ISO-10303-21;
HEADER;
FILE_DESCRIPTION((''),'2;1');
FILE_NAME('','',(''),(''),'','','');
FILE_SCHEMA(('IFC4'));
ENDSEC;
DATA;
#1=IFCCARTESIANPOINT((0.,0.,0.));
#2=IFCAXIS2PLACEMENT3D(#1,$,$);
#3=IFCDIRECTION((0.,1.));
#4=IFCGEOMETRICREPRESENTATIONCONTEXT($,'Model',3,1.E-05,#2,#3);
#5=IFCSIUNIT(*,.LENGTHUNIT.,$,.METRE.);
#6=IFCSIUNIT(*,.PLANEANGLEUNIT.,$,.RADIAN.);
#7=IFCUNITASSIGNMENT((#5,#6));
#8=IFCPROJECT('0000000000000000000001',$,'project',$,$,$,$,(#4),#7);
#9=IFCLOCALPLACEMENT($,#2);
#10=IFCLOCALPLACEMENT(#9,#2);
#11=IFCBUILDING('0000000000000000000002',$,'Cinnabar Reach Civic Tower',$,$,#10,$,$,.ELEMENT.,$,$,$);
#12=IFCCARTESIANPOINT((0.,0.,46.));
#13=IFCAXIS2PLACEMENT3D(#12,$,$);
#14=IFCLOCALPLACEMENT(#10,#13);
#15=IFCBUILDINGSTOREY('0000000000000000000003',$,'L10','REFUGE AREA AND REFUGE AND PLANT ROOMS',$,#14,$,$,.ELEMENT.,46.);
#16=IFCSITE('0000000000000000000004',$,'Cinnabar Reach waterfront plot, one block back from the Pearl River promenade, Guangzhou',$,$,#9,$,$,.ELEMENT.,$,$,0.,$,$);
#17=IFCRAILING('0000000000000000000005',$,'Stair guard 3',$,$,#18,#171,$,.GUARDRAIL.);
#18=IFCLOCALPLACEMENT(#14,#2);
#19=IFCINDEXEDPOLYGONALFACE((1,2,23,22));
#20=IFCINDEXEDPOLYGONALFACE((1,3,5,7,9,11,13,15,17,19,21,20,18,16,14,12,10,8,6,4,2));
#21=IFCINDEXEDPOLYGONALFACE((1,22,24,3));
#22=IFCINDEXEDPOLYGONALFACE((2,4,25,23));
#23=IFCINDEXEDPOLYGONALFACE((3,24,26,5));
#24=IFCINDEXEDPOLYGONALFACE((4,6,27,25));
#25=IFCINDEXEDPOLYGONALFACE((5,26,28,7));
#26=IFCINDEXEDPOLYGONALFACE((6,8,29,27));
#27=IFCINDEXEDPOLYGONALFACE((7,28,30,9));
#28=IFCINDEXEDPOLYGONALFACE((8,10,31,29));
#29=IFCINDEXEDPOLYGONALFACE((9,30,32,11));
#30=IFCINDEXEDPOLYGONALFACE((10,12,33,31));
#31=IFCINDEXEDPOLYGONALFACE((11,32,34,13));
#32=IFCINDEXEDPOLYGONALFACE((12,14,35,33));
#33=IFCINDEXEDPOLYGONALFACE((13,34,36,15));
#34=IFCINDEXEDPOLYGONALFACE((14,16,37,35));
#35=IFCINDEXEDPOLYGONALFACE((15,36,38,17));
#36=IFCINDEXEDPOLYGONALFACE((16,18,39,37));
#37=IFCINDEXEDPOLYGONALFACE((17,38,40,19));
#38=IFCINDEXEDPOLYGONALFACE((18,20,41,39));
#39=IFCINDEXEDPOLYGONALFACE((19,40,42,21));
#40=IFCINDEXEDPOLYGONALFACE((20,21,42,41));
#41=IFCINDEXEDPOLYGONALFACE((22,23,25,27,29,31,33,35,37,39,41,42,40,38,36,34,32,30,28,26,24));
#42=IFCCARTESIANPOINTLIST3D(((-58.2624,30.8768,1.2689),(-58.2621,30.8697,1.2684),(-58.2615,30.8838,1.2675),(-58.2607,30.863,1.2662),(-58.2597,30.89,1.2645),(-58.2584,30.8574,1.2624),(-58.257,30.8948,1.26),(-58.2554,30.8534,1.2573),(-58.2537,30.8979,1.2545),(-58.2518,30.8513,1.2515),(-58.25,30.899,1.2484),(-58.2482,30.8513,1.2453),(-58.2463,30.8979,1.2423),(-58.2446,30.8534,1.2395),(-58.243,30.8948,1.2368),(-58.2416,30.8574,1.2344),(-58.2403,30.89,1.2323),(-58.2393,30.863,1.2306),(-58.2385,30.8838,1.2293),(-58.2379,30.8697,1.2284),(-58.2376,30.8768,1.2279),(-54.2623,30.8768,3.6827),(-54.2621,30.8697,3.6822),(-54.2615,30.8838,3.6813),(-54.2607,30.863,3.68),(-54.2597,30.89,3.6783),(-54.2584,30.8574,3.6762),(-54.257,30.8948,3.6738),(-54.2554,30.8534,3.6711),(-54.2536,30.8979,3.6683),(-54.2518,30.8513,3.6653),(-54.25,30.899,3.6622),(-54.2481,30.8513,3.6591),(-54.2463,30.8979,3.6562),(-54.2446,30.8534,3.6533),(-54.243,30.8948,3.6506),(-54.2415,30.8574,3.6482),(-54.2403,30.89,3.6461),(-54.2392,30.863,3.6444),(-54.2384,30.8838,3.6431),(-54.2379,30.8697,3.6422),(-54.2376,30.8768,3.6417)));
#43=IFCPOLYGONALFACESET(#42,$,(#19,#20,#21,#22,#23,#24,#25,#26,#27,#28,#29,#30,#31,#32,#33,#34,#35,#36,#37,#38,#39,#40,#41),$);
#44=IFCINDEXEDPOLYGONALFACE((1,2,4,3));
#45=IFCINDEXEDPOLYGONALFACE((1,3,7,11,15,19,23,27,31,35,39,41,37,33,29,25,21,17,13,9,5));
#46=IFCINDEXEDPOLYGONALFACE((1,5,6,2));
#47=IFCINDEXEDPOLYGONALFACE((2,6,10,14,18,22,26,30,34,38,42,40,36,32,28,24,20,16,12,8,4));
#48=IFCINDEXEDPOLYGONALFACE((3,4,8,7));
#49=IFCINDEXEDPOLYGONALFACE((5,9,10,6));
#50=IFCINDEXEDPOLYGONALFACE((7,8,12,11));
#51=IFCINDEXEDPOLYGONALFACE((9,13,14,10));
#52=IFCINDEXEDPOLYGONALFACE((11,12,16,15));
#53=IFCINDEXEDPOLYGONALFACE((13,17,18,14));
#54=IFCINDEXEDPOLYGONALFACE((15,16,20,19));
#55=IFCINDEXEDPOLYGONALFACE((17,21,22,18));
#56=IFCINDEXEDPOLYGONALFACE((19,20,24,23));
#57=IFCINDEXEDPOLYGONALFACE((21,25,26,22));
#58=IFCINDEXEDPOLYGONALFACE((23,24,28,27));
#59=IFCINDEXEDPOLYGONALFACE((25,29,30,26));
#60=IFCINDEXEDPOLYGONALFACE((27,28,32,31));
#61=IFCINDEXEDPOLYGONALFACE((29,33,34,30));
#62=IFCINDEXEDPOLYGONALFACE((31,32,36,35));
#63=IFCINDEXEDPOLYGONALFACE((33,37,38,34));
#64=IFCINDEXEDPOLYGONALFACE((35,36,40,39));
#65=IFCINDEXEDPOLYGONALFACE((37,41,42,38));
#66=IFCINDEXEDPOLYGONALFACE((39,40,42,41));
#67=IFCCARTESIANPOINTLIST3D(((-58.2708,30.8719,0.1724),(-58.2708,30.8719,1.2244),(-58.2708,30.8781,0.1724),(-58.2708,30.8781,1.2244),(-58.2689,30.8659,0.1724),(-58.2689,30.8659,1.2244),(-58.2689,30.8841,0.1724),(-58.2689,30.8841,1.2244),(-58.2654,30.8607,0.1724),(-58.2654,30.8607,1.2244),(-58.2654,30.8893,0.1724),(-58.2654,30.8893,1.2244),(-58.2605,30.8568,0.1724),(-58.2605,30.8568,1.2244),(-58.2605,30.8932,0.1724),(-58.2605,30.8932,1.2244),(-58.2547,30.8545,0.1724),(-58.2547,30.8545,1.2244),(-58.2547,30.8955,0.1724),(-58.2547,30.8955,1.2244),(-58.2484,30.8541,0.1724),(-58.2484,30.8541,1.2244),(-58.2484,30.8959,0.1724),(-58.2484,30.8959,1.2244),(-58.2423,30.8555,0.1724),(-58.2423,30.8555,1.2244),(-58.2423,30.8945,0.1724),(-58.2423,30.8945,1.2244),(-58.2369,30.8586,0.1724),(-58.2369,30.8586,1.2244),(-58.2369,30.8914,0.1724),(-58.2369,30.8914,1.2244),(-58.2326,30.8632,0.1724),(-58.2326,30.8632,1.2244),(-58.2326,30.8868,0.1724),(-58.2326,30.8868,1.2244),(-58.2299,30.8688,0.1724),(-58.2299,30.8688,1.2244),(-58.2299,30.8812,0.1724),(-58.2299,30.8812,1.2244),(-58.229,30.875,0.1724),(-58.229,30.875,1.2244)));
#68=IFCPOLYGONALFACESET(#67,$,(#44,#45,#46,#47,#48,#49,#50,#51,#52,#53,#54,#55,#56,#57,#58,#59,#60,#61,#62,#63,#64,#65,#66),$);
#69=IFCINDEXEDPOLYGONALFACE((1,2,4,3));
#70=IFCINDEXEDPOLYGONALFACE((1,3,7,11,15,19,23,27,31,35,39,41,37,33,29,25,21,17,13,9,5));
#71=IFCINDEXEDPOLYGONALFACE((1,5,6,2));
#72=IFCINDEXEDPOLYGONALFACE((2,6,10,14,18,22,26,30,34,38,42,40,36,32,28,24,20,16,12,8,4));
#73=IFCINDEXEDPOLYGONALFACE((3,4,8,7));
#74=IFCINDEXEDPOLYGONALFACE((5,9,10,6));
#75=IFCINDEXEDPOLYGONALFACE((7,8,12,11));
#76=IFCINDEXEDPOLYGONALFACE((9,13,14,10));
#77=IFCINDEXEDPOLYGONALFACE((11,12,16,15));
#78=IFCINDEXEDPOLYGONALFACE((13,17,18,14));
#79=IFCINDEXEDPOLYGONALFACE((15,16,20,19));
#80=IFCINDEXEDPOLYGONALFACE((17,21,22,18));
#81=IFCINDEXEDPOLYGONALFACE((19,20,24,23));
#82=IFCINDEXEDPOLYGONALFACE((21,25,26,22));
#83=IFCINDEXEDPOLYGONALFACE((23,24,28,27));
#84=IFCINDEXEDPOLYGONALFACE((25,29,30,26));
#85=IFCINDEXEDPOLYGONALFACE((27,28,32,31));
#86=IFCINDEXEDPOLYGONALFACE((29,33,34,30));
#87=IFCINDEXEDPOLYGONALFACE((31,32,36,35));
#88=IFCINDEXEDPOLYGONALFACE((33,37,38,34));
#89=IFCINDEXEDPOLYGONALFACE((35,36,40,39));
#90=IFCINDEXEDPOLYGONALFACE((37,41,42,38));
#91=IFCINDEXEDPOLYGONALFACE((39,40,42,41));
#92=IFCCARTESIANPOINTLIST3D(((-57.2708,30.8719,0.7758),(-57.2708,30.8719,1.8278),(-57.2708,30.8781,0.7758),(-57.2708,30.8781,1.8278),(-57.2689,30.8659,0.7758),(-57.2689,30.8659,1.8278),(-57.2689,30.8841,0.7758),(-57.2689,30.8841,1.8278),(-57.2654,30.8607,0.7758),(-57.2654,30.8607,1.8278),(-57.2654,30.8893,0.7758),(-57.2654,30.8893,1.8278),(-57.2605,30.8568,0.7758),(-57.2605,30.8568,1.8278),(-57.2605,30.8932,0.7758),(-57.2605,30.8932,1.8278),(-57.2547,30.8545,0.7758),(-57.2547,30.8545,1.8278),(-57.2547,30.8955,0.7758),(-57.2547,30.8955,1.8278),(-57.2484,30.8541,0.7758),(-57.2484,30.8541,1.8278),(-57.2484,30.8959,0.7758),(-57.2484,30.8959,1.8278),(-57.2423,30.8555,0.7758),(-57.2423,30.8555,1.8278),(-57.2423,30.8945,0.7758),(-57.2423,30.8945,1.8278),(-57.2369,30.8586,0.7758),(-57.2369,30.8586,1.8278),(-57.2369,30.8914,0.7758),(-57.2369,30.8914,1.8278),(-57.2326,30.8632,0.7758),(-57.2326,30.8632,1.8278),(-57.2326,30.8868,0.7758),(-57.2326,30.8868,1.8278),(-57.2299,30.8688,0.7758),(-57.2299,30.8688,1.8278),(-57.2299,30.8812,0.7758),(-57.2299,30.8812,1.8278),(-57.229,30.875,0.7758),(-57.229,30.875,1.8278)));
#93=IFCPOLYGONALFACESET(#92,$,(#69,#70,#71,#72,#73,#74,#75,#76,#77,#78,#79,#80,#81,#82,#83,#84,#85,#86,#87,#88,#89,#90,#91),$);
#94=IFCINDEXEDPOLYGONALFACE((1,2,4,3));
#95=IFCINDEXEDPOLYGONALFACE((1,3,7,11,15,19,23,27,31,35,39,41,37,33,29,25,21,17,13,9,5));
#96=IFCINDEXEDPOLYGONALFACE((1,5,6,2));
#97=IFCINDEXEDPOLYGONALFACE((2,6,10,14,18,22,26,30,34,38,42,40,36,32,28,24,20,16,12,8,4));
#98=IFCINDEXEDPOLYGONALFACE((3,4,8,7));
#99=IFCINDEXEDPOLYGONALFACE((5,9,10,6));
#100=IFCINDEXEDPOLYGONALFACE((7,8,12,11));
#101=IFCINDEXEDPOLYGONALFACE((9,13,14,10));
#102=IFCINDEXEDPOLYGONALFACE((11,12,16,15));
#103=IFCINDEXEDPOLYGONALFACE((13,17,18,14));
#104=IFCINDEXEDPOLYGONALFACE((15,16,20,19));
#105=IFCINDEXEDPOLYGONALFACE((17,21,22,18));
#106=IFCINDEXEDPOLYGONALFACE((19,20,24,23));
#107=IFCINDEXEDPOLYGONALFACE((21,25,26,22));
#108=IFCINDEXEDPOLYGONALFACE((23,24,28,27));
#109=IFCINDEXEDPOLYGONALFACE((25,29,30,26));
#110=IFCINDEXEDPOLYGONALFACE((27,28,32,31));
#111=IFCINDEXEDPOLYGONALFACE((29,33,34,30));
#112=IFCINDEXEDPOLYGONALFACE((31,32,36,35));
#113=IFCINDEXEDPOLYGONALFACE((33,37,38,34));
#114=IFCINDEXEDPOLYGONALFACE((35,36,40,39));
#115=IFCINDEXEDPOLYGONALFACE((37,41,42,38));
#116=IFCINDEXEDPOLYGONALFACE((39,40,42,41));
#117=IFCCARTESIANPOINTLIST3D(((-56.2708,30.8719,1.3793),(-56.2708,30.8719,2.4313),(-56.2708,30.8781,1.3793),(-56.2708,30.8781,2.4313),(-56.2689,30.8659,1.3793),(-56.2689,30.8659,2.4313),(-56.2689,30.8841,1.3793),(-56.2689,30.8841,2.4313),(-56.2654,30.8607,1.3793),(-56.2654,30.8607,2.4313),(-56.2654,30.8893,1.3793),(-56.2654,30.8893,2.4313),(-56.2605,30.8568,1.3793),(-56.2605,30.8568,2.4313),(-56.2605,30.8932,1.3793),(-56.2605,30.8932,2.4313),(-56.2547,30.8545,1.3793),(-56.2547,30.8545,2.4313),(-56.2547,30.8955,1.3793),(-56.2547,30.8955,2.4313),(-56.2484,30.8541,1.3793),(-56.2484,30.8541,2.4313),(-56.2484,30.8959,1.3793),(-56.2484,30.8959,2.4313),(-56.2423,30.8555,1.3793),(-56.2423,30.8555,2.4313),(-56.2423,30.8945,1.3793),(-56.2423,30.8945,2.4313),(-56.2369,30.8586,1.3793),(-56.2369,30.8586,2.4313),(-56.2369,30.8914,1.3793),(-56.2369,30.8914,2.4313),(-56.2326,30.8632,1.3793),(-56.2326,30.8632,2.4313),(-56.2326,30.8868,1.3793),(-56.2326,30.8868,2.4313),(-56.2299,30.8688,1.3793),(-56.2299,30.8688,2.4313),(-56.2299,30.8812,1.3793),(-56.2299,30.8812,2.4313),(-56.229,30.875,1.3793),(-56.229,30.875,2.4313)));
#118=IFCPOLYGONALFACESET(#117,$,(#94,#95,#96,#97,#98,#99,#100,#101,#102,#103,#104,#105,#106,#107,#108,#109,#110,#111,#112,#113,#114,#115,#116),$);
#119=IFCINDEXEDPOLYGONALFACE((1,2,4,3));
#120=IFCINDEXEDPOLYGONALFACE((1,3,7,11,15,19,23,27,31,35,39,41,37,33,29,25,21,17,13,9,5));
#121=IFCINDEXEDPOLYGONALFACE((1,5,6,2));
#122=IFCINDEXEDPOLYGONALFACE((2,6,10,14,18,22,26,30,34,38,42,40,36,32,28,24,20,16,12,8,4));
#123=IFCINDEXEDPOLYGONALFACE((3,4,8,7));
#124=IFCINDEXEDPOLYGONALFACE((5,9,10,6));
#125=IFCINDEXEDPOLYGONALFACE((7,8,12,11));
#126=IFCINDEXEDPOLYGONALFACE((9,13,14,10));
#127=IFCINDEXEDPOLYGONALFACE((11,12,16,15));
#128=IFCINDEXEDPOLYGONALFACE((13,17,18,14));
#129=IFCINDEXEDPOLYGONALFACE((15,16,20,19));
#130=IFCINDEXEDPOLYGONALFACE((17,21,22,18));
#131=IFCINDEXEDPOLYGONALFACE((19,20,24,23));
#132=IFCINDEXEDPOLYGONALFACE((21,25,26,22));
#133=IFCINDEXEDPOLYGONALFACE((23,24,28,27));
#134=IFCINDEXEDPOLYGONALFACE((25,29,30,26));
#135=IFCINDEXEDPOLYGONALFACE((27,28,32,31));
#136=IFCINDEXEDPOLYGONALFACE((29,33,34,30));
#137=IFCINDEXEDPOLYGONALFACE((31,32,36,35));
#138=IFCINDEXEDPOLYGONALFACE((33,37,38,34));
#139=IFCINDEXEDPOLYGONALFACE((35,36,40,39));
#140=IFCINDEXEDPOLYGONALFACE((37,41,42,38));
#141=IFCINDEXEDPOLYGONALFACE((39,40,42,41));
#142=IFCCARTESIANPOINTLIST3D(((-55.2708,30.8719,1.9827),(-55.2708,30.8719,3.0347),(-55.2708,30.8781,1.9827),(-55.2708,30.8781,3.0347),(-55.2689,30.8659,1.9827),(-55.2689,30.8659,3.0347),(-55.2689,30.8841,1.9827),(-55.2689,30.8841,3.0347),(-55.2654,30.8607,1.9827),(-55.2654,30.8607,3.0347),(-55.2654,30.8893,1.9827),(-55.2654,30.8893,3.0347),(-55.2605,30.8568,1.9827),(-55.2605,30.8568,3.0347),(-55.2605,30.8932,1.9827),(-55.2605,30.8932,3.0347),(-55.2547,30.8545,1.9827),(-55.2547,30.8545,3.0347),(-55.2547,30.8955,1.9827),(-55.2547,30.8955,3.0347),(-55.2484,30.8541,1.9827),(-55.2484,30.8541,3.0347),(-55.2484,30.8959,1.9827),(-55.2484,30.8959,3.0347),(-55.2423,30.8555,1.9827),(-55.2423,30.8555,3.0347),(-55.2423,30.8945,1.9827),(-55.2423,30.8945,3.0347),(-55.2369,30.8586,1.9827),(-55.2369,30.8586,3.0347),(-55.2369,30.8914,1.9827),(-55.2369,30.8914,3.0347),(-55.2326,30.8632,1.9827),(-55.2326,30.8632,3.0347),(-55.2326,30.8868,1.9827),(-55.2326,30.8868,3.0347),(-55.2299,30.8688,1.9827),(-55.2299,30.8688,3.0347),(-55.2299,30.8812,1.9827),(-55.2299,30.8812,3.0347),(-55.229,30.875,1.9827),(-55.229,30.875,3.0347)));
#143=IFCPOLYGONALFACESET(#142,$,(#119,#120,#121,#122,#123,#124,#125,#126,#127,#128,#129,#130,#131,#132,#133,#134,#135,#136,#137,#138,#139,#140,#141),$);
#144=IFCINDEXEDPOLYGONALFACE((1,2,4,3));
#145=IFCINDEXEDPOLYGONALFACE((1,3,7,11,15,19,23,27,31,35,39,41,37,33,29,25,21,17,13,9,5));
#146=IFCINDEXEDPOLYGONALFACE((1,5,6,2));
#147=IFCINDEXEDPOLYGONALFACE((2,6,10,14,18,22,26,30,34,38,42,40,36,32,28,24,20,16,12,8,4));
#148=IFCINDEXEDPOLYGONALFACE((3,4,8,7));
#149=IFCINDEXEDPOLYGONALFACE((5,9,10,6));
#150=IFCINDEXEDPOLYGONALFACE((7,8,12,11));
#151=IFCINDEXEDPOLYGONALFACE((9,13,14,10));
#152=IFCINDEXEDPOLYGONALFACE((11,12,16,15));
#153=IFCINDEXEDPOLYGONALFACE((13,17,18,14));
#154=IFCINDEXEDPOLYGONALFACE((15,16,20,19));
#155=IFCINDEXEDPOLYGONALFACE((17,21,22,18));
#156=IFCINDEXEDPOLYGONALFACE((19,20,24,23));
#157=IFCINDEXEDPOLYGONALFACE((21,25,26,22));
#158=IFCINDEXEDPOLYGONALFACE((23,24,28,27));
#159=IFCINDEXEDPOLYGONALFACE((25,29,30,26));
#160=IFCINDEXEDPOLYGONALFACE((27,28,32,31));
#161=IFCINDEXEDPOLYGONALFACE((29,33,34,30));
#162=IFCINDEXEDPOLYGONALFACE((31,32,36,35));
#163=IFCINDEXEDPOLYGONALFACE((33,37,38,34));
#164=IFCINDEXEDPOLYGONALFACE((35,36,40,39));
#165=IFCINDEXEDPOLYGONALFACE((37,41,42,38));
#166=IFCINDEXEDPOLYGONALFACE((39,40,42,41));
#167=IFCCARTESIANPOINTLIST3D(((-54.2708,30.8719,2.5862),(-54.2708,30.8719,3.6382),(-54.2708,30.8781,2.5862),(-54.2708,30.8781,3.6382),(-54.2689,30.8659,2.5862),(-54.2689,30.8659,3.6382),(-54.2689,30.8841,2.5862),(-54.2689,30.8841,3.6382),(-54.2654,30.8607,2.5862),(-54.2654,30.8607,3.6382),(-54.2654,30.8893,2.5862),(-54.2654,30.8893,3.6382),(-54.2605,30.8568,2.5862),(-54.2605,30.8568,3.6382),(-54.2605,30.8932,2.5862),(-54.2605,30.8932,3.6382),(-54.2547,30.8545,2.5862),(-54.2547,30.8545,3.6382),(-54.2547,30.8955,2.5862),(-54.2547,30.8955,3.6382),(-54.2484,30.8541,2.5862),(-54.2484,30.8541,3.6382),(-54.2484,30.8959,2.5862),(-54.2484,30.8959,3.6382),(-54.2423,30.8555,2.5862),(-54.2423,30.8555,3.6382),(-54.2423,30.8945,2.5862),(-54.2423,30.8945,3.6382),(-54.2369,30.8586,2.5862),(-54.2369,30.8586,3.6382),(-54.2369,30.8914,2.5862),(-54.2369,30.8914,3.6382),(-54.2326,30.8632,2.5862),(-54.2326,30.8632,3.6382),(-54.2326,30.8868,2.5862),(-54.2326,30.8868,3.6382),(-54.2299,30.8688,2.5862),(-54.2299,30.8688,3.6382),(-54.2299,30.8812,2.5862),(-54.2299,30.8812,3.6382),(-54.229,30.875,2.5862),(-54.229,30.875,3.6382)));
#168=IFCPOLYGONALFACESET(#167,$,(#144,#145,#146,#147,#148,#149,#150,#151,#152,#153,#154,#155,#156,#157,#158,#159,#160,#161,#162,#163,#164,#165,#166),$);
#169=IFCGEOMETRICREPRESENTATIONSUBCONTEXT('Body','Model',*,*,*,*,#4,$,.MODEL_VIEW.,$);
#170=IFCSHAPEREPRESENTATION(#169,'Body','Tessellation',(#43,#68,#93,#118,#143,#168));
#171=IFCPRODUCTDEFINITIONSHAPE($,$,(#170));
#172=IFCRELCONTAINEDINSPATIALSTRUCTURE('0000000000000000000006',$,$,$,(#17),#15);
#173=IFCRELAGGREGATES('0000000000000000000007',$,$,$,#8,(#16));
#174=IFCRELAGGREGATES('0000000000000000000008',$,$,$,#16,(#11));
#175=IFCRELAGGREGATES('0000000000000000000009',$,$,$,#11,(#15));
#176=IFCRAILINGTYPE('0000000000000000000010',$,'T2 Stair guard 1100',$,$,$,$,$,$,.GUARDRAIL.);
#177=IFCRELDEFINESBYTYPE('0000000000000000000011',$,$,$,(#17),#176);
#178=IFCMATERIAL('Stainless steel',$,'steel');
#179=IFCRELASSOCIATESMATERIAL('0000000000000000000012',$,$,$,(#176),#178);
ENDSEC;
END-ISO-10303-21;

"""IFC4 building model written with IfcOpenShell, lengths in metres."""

from ifc_helpers import new_model, si_unit, direction, frame, origin, origin_2d, place, context, subcontext, project, spatial, circle, extrude, material, type_object, element, save


model = new_model("IFC4")

# Units and contexts
model_context = context("Model", 3, precision=1e-05, world=origin(), true_north=direction((0.0, 1.0)))
body_context = subcontext(model_context, "Body", "Model", "MODEL_VIEW")
ifc_project = project(units=[si_unit("LENGTHUNIT", "METRE"), si_unit("PLANEANGLEUNIT", "RADIAN")], contexts=[model_context])

# Site, building, storey
site_placement = place(None, origin())
site = spatial("IfcSite", under=ifc_project, at=site_placement, Name="Cinnabar Reach waterfront plot, one block back from the Pearl River promenade, Guangzhou", CompositionType="ELEMENT", RefElevation=0.0)
building_placement = place(site_placement, origin())
building = spatial("IfcBuilding", under=site, at=building_placement, Name="Cinnabar Reach Civic Tower", CompositionType="ELEMENT")
storey_placement = place(building_placement, frame((0.0, 0.0, 46.0)))
storey = spatial("IfcBuildingStorey", under=building, at=storey_placement, Name="L10", Description="REFUGE AREA AND REFUGE AND PLANT ROOMS", CompositionType="ELEMENT", Elevation=46.0)

# Railing
ifc_material_1 = material(Name="Stainless steel", Category="steel")
railing_type = type_object("IfcRailingType", Name="T2 Stair guard 1100", PredefinedType="GUARDRAIL", material=ifc_material_1)
railing_1_placement = place(storey_placement, frame((-58.25, 30.875, 0.1724)))
element("IfcRailing", 1, at=railing_1_placement, inside=storey, type_object=railing_type, Name="Stair guard 3", PredefinedType="GUARDRAIL", context=body_context, shape_type="SweptSolid", body=[
    extrude(circle(Radius=0.024, at=origin_2d()), frame((0.0, 0.0, 1.076), z_axis=(0.856187, 0.0, 0.516666), x_axis=(0.0, 1.0, 0.0)), (0.0, 0.0, 1.0), 4.6719),
    extrude(circle(Radius=0.021, at=origin_2d()), origin(), (0.0, 0.0, 1.0), 1.052),
    extrude(circle(Radius=0.021, at=origin_2d()), frame((1.0, 0.0, 0.6034)), (0.0, 0.0, 1.0), 1.052),
    extrude(circle(Radius=0.021, at=origin_2d()), frame((2.0, 0.0, 1.2069)), (0.0, 0.0, 1.0), 1.052),
    extrude(circle(Radius=0.021, at=origin_2d()), frame((3.0, 0.0, 1.8103)), (0.0, 0.0, 1.0), 1.052),
    extrude(circle(Radius=0.021, at=origin_2d()), frame((4.0, 0.0, 2.4138)), (0.0, 0.0, 1.0), 1.052),
])

save(model, "model.ifc")
